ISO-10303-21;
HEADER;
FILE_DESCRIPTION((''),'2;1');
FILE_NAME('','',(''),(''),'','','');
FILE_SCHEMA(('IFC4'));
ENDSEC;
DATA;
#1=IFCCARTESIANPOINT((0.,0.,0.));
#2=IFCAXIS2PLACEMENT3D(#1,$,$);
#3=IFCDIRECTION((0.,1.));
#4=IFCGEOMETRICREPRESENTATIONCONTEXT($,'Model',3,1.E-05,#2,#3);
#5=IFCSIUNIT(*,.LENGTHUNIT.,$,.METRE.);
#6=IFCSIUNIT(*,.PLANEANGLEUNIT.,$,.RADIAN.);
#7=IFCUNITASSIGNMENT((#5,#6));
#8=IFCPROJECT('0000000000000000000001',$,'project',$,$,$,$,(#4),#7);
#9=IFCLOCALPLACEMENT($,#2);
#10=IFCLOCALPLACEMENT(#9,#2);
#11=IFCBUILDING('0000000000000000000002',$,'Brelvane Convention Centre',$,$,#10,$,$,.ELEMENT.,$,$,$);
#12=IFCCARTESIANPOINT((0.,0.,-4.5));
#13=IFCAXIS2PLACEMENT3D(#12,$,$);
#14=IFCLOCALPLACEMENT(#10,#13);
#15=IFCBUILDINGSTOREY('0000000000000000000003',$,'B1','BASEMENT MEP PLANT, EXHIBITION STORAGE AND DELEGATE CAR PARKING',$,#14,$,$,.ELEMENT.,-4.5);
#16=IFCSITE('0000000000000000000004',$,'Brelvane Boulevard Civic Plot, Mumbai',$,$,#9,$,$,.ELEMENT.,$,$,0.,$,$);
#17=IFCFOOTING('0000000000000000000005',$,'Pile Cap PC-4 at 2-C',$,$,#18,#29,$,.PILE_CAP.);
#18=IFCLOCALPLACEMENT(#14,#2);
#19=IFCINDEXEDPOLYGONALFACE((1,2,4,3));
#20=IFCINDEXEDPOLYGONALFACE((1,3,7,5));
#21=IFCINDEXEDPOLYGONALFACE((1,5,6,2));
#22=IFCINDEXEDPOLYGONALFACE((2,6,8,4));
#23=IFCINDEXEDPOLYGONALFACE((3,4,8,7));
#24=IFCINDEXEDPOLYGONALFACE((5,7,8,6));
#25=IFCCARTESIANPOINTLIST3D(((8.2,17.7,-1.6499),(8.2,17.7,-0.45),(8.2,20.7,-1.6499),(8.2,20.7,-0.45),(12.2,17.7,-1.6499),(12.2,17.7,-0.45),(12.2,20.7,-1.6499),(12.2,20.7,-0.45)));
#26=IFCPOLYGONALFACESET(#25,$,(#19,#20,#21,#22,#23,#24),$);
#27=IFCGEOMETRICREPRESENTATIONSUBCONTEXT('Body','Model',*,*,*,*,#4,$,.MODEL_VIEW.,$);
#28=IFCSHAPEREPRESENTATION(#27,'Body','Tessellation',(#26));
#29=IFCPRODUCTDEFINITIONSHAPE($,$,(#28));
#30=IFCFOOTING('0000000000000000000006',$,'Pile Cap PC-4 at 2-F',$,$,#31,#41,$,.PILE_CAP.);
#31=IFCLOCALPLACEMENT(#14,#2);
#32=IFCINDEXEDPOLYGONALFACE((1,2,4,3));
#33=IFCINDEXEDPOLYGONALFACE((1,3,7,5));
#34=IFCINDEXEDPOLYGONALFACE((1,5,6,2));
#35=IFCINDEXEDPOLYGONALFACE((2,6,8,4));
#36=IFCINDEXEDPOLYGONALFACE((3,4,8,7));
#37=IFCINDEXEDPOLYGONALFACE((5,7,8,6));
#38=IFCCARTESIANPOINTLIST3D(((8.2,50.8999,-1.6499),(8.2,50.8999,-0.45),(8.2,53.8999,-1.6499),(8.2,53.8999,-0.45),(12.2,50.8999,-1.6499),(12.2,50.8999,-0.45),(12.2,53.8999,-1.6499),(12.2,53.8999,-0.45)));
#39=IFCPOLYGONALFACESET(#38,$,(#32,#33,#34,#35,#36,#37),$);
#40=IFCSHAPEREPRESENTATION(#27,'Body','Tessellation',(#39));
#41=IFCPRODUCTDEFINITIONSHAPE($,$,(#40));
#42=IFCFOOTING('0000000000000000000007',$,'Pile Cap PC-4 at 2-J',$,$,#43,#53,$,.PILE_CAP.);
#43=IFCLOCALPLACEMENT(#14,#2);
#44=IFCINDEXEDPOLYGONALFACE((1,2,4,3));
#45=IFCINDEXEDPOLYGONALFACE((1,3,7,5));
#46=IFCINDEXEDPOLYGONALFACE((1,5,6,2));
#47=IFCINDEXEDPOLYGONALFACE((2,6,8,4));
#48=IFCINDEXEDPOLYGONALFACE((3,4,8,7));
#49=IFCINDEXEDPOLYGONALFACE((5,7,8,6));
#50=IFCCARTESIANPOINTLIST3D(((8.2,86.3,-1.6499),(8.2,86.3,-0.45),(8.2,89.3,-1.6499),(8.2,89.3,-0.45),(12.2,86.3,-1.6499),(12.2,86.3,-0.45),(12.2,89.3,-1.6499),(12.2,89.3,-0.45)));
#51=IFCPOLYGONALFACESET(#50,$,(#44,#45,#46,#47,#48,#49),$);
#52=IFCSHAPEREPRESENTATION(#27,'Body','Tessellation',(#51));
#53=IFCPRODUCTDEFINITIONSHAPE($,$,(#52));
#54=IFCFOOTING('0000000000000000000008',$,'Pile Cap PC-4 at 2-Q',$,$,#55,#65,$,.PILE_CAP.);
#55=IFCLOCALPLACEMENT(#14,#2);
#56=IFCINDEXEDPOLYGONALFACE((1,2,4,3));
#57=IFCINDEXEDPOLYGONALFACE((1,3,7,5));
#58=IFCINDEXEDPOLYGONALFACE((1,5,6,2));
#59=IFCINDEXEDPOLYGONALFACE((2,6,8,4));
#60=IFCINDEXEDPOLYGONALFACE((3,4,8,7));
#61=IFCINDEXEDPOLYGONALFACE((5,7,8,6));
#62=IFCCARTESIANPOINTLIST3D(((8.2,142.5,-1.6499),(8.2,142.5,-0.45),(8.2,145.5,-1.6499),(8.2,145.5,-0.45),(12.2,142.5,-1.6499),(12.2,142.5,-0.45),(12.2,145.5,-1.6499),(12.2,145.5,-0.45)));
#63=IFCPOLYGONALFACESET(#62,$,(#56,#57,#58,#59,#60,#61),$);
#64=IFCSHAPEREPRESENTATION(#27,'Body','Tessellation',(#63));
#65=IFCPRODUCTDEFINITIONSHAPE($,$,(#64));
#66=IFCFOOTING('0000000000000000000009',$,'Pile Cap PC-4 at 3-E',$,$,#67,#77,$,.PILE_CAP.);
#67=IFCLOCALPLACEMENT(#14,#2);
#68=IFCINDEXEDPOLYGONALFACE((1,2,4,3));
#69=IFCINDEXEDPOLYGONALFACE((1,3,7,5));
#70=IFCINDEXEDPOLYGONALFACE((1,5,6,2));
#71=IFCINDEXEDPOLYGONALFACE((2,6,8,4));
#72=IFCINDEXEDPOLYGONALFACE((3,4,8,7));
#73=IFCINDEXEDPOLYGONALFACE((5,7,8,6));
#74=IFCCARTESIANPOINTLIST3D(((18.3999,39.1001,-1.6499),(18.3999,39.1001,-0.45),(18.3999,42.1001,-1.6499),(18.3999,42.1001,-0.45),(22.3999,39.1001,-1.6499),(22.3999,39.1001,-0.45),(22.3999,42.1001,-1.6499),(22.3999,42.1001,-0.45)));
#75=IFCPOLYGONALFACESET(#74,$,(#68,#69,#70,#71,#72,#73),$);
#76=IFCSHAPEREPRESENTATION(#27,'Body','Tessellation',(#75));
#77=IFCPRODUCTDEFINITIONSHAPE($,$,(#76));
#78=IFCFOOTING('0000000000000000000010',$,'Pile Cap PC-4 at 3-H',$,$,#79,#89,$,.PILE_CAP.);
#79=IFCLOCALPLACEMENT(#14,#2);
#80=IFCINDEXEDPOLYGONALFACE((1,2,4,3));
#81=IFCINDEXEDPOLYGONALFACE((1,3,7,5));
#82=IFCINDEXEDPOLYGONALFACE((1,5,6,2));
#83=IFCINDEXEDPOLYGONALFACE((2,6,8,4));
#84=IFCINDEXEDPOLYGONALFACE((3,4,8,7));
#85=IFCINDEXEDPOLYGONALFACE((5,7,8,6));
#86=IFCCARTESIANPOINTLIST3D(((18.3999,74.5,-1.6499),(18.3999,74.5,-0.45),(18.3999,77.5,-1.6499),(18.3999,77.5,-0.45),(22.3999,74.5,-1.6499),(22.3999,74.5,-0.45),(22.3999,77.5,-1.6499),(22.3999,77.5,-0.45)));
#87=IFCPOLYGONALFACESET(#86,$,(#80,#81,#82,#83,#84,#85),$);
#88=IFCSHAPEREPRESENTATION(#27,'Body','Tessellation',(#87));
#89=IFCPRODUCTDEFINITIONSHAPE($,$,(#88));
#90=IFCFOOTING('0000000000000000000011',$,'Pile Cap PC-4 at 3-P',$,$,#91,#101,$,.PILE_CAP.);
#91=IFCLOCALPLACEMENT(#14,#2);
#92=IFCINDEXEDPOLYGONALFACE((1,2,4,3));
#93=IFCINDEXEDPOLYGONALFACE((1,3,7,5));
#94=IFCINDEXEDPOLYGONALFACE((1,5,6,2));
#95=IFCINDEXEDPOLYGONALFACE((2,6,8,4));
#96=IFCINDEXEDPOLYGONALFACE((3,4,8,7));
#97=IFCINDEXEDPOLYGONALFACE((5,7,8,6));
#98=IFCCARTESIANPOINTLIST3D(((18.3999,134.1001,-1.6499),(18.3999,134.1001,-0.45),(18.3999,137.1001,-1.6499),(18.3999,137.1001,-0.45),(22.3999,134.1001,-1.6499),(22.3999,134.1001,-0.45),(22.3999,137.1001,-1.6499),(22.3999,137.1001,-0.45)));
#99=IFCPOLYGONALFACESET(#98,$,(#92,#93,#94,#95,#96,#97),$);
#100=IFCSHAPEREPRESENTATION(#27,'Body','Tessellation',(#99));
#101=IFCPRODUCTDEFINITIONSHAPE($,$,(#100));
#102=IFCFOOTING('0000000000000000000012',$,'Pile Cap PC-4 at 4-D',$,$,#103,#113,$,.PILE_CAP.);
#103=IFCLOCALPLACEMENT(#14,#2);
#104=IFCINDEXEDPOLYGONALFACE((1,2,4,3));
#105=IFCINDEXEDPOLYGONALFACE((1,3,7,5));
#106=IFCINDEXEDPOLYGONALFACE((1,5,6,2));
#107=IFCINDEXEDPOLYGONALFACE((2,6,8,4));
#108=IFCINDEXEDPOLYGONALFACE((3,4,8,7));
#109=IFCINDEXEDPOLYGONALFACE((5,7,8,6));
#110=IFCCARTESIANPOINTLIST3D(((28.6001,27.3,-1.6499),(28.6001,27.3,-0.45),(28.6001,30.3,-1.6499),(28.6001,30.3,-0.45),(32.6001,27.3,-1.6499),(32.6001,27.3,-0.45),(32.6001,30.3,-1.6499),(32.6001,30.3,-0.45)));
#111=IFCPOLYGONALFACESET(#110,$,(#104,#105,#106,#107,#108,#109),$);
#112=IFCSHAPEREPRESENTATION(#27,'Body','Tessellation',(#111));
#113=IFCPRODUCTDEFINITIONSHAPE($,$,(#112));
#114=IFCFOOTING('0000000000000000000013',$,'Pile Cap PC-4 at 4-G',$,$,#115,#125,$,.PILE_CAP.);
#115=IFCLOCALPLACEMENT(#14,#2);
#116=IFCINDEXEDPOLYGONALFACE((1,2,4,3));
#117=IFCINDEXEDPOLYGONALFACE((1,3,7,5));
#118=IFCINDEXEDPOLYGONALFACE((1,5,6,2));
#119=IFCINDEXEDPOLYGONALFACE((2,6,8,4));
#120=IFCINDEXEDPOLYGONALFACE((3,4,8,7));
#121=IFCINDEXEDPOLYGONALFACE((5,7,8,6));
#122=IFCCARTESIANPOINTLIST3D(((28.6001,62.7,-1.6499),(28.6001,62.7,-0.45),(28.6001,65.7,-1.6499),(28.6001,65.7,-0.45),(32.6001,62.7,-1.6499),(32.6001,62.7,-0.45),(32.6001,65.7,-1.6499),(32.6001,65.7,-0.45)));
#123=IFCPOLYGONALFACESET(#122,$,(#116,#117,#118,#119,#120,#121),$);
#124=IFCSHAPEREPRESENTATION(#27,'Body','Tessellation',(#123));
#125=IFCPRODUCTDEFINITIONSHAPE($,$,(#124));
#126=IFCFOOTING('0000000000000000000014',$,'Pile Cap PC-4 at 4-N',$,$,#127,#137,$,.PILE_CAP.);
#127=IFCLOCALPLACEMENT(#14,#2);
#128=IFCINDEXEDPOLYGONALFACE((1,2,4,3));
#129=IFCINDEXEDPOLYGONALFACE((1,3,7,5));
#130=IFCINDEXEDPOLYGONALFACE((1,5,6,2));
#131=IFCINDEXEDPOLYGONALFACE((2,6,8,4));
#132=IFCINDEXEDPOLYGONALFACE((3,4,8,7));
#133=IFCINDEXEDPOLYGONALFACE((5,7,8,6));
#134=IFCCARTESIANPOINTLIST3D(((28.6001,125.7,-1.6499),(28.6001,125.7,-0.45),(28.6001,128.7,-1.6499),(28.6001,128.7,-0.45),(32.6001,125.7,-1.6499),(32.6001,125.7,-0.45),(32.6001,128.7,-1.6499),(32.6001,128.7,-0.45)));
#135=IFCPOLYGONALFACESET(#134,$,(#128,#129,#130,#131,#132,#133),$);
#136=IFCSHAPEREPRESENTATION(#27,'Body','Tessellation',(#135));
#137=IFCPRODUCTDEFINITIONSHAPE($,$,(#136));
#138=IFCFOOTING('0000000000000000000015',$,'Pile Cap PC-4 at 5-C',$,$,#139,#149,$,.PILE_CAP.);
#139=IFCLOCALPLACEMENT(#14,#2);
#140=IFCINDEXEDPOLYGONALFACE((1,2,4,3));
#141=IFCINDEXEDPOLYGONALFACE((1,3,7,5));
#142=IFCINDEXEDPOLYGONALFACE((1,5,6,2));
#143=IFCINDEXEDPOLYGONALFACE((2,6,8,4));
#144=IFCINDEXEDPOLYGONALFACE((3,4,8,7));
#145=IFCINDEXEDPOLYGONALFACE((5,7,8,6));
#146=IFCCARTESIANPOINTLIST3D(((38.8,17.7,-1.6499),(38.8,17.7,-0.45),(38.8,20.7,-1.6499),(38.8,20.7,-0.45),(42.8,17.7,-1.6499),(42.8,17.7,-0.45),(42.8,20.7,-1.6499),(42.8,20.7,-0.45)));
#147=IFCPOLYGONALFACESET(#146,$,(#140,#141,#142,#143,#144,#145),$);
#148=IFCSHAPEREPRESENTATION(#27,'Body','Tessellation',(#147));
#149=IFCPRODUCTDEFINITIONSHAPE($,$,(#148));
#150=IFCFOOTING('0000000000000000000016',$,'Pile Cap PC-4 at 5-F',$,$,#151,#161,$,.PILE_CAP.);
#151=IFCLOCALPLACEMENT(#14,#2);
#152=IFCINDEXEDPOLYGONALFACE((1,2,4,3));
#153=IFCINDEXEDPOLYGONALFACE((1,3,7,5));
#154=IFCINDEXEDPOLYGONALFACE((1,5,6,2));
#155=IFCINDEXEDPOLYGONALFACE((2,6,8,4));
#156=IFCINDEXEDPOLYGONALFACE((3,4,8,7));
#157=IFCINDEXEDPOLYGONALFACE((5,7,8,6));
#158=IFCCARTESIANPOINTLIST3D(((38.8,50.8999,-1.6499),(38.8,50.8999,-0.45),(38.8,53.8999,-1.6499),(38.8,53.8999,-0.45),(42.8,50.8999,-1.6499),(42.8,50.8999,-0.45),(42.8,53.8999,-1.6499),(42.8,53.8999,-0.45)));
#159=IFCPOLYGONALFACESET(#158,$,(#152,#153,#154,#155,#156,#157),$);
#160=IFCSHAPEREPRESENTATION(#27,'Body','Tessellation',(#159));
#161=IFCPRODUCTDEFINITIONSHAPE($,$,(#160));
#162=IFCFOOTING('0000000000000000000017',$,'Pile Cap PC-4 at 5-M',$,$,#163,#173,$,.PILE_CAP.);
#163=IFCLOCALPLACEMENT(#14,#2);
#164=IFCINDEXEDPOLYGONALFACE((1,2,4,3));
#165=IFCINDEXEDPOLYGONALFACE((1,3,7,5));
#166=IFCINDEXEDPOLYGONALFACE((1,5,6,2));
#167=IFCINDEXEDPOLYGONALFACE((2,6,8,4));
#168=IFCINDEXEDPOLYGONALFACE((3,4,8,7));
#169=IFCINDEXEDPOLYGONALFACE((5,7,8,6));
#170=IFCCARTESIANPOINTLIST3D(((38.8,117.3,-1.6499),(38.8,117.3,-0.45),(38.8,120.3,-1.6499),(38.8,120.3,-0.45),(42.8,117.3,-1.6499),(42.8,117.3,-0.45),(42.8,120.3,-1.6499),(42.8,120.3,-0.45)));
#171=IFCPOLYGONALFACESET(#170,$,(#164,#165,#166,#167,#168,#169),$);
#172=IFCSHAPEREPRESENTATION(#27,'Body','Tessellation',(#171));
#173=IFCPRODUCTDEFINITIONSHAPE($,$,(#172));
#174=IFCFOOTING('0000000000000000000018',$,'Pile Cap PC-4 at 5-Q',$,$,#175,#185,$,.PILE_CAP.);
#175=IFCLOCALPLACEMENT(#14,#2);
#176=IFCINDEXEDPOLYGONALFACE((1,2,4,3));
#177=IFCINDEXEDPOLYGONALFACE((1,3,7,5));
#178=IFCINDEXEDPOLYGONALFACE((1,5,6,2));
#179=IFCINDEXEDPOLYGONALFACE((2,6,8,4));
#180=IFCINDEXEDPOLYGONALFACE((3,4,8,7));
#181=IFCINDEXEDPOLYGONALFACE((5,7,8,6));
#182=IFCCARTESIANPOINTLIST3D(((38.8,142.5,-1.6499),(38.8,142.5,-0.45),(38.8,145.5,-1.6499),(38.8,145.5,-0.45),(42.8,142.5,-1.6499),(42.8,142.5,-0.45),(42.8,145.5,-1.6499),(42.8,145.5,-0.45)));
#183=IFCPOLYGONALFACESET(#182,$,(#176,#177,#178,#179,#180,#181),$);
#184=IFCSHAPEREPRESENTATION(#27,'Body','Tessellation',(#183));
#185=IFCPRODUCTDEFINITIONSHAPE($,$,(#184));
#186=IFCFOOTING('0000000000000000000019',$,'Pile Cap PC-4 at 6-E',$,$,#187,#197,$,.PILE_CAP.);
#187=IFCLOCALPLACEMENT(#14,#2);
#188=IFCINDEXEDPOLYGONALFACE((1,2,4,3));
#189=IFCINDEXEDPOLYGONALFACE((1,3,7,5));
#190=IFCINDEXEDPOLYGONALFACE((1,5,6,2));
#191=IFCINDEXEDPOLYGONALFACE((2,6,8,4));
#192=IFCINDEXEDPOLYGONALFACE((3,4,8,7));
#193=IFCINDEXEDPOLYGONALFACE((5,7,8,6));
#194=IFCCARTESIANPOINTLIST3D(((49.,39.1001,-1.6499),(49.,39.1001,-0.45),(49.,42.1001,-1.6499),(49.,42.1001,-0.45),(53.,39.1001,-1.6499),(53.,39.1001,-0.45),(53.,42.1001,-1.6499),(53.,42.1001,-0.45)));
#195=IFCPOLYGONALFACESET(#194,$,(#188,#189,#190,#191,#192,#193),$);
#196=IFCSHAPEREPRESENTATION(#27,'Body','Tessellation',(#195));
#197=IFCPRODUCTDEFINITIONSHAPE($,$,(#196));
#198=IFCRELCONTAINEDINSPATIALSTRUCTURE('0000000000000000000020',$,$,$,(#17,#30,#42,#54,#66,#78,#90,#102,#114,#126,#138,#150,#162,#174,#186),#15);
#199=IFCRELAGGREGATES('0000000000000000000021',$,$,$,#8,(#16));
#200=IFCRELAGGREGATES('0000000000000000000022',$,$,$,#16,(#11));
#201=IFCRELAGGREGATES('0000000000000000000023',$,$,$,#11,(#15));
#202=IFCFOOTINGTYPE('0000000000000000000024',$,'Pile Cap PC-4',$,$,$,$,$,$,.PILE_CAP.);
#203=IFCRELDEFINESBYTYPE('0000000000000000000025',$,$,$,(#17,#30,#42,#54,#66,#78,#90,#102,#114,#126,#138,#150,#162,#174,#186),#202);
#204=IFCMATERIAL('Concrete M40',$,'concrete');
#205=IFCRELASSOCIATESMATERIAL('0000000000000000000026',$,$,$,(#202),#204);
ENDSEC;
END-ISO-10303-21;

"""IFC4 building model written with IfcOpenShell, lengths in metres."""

from ifc_helpers import new_model, si_unit, direction, frame, origin, place, context, subcontext, project, spatial, polyline, outline, extrude, material, type_object, element, save


model = new_model("IFC4")

# Units and contexts
model_context = context("Model", 3, precision=1e-05, world=origin(), true_north=direction((0.0, 1.0)))
body_context = subcontext(model_context, "Body", "Model", "MODEL_VIEW")
ifc_project = project(units=[si_unit("LENGTHUNIT", "METRE"), si_unit("PLANEANGLEUNIT", "RADIAN")], contexts=[model_context])

# Site, building, storey
site_placement = place(None, origin())
site = spatial("IfcSite", under=ifc_project, at=site_placement, Name="Brelvane Boulevard Civic Plot, Mumbai", CompositionType="ELEMENT", RefElevation=0.0)
building_placement = place(site_placement, origin())
building = spatial("IfcBuilding", under=site, at=building_placement, Name="Brelvane Convention Centre", CompositionType="ELEMENT")
storey_placement = place(building_placement, frame((0.0, 0.0, -4.5)))
storey = spatial("IfcBuildingStorey", under=building, at=storey_placement, Name="B1", Description="BASEMENT MEP PLANT, EXHIBITION STORAGE AND DELEGATE CAR PARKING", CompositionType="ELEMENT", Elevation=-4.5)

# Footings
ifc_material_1 = material(Name="Concrete M40", Category="concrete")
footing_type_1 = type_object("IfcFootingType", Name="Pile Cap PC-4", PredefinedType="PILE_CAP", material=ifc_material_1)
footing_1_placement = place(storey_placement, frame((0.0, 0.0, -1.6499)))
element("IfcFooting", 1, at=footing_1_placement, inside=storey, type_object=footing_type_1, Name="Pile Cap PC-4 at 2-C", PredefinedType="PILE_CAP", context=body_context, shape_type="SweptSolid", body=[
    extrude(outline(polyline([(8.2, 17.7), (12.2, 17.7), (12.2, 20.7), (8.2, 20.7), (8.2, 17.7)])), origin(), (0.0, 0.0, 1.0), 1.2),
])
footing_2_placement = place(storey_placement, frame((0.0, 0.0, -1.6499)))
element("IfcFooting", 2, at=footing_2_placement, inside=storey, type_object=footing_type_1, Name="Pile Cap PC-4 at 2-F", PredefinedType="PILE_CAP", context=body_context, shape_type="SweptSolid", body=[
    extrude(outline(polyline([(8.2, 50.8999), (12.2, 50.8999), (12.2, 53.8999), (8.2, 53.8999), (8.2, 50.8999)])), origin(), (0.0, 0.0, 1.0), 1.2),
])
footing_3_placement = place(storey_placement, frame((0.0, 0.0, -1.6499)))
element("IfcFooting", 3, at=footing_3_placement, inside=storey, type_object=footing_type_1, Name="Pile Cap PC-4 at 2-J", PredefinedType="PILE_CAP", context=body_context, shape_type="SweptSolid", body=[
    extrude(outline(polyline([(8.2, 86.3), (12.2, 86.3), (12.2, 89.3), (8.2, 89.3), (8.2, 86.3)])), origin(), (0.0, 0.0, 1.0), 1.2),
])
footing_4_placement = place(storey_placement, frame((0.0, 0.0, -1.6499)))
element("IfcFooting", 4, at=footing_4_placement, inside=storey, type_object=footing_type_1, Name="Pile Cap PC-4 at 2-Q", PredefinedType="PILE_CAP", context=body_context, shape_type="SweptSolid", body=[
    extrude(outline(polyline([(8.2, 142.5), (12.2, 142.5), (12.2, 145.5), (8.2, 145.5), (8.2, 142.5)])), origin(), (0.0, 0.0, 1.0), 1.2),
])
footing_5_placement = place(storey_placement, frame((0.0, 0.0, -1.6499)))
element("IfcFooting", 5, at=footing_5_placement, inside=storey, type_object=footing_type_1, Name="Pile Cap PC-4 at 3-E", PredefinedType="PILE_CAP", context=body_context, shape_type="SweptSolid", body=[
    extrude(outline(polyline([(18.3999, 39.1001), (22.3999, 39.1001), (22.3999, 42.1001), (18.3999, 42.1001), (18.3999, 39.1001)])), origin(), (0.0, 0.0, 1.0), 1.2),
])
footing_6_placement = place(storey_placement, frame((0.0, 0.0, -1.6499)))
element("IfcFooting", 6, at=footing_6_placement, inside=storey, type_object=footing_type_1, Name="Pile Cap PC-4 at 3-H", PredefinedType="PILE_CAP", context=body_context, shape_type="SweptSolid", body=[
    extrude(outline(polyline([(18.3999, 74.5), (22.3999, 74.5), (22.3999, 77.5), (18.3999, 77.5), (18.3999, 74.5)])), origin(), (0.0, 0.0, 1.0), 1.2),
])
footing_7_placement = place(storey_placement, frame((0.0, 0.0, -1.6499)))
element("IfcFooting", 7, at=footing_7_placement, inside=storey, type_object=footing_type_1, Name="Pile Cap PC-4 at 3-P", PredefinedType="PILE_CAP", context=body_context, shape_type="SweptSolid", body=[
    extrude(outline(polyline([(18.3999, 134.1001), (22.3999, 134.1001), (22.3999, 137.1001), (18.3999, 137.1001), (18.3999, 134.1001)])), origin(), (0.0, 0.0, 1.0), 1.2),
])
footing_8_placement = place(storey_placement, frame((0.0, 0.0, -1.6499)))
element("IfcFooting", 8, at=footing_8_placement, inside=storey, type_object=footing_type_1, Name="Pile Cap PC-4 at 4-D", PredefinedType="PILE_CAP", context=body_context, shape_type="SweptSolid", body=[
    extrude(outline(polyline([(28.6001, 27.3), (32.6001, 27.3), (32.6001, 30.3), (28.6001, 30.3), (28.6001, 27.3)])), origin(), (0.0, 0.0, 1.0), 1.2),
])
footing_9_placement = place(storey_placement, frame((0.0, 0.0, -1.6499)))
element("IfcFooting", 9, at=footing_9_placement, inside=storey, type_object=footing_type_1, Name="Pile Cap PC-4 at 4-G", PredefinedType="PILE_CAP", context=body_context, shape_type="SweptSolid", body=[
    extrude(outline(polyline([(28.6001, 62.7), (32.6001, 62.7), (32.6001, 65.7), (28.6001, 65.7), (28.6001, 62.7)])), origin(), (0.0, 0.0, 1.0), 1.2),
])
footing_10_placement = place(storey_placement, frame((0.0, 0.0, -1.6499)))
element("IfcFooting", 10, at=footing_10_placement, inside=storey, type_object=footing_type_1, Name="Pile Cap PC-4 at 4-N", PredefinedType="PILE_CAP", context=body_context, shape_type="SweptSolid", body=[
    extrude(outline(polyline([(28.6001, 125.7), (32.6001, 125.7), (32.6001, 128.7), (28.6001, 128.7), (28.6001, 125.7)])), origin(), (0.0, 0.0, 1.0), 1.2),
])
footing_11_placement = place(storey_placement, frame((0.0, 0.0, -1.6499)))
element("IfcFooting", 11, at=footing_11_placement, inside=storey, type_object=footing_type_1, Name="Pile Cap PC-4 at 5-C", PredefinedType="PILE_CAP", context=body_context, shape_type="SweptSolid", body=[
    extrude(outline(polyline([(38.8, 17.7), (42.8, 17.7), (42.8, 20.7), (38.8, 20.7), (38.8, 17.7)])), origin(), (0.0, 0.0, 1.0), 1.2),
])
footing_12_placement = place(storey_placement, frame((0.0, 0.0, -1.6499)))
element("IfcFooting", 12, at=footing_12_placement, inside=storey, type_object=footing_type_1, Name="Pile Cap PC-4 at 5-F", PredefinedType="PILE_CAP", context=body_context, shape_type="SweptSolid", body=[
    extrude(outline(polyline([(38.8, 50.8999), (42.8, 50.8999), (42.8, 53.8999), (38.8, 53.8999), (38.8, 50.8999)])), origin(), (0.0, 0.0, 1.0), 1.2),
])
footing_13_placement = place(storey_placement, frame((0.0, 0.0, -1.6499)))
element("IfcFooting", 13, at=footing_13_placement, inside=storey, type_object=footing_type_1, Name="Pile Cap PC-4 at 5-M", PredefinedType="PILE_CAP", context=body_context, shape_type="SweptSolid", body=[
    extrude(outline(polyline([(38.8, 117.3), (42.8, 117.3), (42.8, 120.3), (38.8, 120.3), (38.8, 117.3)])), origin(), (0.0, 0.0, 1.0), 1.2),
])
footing_14_placement = place(storey_placement, frame((0.0, 0.0, -1.6499)))
element("IfcFooting", 14, at=footing_14_placement, inside=storey, type_object=footing_type_1, Name="Pile Cap PC-4 at 5-Q", PredefinedType="PILE_CAP", context=body_context, shape_type="SweptSolid", body=[
    extrude(outline(polyline([(38.8, 142.5), (42.8, 142.5), (42.8, 145.5), (38.8, 145.5), (38.8, 142.5)])), origin(), (0.0, 0.0, 1.0), 1.2),
])
footing_15_placement = place(storey_placement, frame((0.0, 0.0, -1.6499)))
element("IfcFooting", 15, at=footing_15_placement, inside=storey, type_object=footing_type_1, Name="Pile Cap PC-4 at 6-E", PredefinedType="PILE_CAP", context=body_context, shape_type="SweptSolid", body=[
    extrude(outline(polyline([(49.0, 39.1001), (53.0, 39.1001), (53.0, 42.1001), (49.0, 42.1001), (49.0, 39.1001)])), origin(), (0.0, 0.0, 1.0), 1.2),
])

save(model, "model.ifc")
